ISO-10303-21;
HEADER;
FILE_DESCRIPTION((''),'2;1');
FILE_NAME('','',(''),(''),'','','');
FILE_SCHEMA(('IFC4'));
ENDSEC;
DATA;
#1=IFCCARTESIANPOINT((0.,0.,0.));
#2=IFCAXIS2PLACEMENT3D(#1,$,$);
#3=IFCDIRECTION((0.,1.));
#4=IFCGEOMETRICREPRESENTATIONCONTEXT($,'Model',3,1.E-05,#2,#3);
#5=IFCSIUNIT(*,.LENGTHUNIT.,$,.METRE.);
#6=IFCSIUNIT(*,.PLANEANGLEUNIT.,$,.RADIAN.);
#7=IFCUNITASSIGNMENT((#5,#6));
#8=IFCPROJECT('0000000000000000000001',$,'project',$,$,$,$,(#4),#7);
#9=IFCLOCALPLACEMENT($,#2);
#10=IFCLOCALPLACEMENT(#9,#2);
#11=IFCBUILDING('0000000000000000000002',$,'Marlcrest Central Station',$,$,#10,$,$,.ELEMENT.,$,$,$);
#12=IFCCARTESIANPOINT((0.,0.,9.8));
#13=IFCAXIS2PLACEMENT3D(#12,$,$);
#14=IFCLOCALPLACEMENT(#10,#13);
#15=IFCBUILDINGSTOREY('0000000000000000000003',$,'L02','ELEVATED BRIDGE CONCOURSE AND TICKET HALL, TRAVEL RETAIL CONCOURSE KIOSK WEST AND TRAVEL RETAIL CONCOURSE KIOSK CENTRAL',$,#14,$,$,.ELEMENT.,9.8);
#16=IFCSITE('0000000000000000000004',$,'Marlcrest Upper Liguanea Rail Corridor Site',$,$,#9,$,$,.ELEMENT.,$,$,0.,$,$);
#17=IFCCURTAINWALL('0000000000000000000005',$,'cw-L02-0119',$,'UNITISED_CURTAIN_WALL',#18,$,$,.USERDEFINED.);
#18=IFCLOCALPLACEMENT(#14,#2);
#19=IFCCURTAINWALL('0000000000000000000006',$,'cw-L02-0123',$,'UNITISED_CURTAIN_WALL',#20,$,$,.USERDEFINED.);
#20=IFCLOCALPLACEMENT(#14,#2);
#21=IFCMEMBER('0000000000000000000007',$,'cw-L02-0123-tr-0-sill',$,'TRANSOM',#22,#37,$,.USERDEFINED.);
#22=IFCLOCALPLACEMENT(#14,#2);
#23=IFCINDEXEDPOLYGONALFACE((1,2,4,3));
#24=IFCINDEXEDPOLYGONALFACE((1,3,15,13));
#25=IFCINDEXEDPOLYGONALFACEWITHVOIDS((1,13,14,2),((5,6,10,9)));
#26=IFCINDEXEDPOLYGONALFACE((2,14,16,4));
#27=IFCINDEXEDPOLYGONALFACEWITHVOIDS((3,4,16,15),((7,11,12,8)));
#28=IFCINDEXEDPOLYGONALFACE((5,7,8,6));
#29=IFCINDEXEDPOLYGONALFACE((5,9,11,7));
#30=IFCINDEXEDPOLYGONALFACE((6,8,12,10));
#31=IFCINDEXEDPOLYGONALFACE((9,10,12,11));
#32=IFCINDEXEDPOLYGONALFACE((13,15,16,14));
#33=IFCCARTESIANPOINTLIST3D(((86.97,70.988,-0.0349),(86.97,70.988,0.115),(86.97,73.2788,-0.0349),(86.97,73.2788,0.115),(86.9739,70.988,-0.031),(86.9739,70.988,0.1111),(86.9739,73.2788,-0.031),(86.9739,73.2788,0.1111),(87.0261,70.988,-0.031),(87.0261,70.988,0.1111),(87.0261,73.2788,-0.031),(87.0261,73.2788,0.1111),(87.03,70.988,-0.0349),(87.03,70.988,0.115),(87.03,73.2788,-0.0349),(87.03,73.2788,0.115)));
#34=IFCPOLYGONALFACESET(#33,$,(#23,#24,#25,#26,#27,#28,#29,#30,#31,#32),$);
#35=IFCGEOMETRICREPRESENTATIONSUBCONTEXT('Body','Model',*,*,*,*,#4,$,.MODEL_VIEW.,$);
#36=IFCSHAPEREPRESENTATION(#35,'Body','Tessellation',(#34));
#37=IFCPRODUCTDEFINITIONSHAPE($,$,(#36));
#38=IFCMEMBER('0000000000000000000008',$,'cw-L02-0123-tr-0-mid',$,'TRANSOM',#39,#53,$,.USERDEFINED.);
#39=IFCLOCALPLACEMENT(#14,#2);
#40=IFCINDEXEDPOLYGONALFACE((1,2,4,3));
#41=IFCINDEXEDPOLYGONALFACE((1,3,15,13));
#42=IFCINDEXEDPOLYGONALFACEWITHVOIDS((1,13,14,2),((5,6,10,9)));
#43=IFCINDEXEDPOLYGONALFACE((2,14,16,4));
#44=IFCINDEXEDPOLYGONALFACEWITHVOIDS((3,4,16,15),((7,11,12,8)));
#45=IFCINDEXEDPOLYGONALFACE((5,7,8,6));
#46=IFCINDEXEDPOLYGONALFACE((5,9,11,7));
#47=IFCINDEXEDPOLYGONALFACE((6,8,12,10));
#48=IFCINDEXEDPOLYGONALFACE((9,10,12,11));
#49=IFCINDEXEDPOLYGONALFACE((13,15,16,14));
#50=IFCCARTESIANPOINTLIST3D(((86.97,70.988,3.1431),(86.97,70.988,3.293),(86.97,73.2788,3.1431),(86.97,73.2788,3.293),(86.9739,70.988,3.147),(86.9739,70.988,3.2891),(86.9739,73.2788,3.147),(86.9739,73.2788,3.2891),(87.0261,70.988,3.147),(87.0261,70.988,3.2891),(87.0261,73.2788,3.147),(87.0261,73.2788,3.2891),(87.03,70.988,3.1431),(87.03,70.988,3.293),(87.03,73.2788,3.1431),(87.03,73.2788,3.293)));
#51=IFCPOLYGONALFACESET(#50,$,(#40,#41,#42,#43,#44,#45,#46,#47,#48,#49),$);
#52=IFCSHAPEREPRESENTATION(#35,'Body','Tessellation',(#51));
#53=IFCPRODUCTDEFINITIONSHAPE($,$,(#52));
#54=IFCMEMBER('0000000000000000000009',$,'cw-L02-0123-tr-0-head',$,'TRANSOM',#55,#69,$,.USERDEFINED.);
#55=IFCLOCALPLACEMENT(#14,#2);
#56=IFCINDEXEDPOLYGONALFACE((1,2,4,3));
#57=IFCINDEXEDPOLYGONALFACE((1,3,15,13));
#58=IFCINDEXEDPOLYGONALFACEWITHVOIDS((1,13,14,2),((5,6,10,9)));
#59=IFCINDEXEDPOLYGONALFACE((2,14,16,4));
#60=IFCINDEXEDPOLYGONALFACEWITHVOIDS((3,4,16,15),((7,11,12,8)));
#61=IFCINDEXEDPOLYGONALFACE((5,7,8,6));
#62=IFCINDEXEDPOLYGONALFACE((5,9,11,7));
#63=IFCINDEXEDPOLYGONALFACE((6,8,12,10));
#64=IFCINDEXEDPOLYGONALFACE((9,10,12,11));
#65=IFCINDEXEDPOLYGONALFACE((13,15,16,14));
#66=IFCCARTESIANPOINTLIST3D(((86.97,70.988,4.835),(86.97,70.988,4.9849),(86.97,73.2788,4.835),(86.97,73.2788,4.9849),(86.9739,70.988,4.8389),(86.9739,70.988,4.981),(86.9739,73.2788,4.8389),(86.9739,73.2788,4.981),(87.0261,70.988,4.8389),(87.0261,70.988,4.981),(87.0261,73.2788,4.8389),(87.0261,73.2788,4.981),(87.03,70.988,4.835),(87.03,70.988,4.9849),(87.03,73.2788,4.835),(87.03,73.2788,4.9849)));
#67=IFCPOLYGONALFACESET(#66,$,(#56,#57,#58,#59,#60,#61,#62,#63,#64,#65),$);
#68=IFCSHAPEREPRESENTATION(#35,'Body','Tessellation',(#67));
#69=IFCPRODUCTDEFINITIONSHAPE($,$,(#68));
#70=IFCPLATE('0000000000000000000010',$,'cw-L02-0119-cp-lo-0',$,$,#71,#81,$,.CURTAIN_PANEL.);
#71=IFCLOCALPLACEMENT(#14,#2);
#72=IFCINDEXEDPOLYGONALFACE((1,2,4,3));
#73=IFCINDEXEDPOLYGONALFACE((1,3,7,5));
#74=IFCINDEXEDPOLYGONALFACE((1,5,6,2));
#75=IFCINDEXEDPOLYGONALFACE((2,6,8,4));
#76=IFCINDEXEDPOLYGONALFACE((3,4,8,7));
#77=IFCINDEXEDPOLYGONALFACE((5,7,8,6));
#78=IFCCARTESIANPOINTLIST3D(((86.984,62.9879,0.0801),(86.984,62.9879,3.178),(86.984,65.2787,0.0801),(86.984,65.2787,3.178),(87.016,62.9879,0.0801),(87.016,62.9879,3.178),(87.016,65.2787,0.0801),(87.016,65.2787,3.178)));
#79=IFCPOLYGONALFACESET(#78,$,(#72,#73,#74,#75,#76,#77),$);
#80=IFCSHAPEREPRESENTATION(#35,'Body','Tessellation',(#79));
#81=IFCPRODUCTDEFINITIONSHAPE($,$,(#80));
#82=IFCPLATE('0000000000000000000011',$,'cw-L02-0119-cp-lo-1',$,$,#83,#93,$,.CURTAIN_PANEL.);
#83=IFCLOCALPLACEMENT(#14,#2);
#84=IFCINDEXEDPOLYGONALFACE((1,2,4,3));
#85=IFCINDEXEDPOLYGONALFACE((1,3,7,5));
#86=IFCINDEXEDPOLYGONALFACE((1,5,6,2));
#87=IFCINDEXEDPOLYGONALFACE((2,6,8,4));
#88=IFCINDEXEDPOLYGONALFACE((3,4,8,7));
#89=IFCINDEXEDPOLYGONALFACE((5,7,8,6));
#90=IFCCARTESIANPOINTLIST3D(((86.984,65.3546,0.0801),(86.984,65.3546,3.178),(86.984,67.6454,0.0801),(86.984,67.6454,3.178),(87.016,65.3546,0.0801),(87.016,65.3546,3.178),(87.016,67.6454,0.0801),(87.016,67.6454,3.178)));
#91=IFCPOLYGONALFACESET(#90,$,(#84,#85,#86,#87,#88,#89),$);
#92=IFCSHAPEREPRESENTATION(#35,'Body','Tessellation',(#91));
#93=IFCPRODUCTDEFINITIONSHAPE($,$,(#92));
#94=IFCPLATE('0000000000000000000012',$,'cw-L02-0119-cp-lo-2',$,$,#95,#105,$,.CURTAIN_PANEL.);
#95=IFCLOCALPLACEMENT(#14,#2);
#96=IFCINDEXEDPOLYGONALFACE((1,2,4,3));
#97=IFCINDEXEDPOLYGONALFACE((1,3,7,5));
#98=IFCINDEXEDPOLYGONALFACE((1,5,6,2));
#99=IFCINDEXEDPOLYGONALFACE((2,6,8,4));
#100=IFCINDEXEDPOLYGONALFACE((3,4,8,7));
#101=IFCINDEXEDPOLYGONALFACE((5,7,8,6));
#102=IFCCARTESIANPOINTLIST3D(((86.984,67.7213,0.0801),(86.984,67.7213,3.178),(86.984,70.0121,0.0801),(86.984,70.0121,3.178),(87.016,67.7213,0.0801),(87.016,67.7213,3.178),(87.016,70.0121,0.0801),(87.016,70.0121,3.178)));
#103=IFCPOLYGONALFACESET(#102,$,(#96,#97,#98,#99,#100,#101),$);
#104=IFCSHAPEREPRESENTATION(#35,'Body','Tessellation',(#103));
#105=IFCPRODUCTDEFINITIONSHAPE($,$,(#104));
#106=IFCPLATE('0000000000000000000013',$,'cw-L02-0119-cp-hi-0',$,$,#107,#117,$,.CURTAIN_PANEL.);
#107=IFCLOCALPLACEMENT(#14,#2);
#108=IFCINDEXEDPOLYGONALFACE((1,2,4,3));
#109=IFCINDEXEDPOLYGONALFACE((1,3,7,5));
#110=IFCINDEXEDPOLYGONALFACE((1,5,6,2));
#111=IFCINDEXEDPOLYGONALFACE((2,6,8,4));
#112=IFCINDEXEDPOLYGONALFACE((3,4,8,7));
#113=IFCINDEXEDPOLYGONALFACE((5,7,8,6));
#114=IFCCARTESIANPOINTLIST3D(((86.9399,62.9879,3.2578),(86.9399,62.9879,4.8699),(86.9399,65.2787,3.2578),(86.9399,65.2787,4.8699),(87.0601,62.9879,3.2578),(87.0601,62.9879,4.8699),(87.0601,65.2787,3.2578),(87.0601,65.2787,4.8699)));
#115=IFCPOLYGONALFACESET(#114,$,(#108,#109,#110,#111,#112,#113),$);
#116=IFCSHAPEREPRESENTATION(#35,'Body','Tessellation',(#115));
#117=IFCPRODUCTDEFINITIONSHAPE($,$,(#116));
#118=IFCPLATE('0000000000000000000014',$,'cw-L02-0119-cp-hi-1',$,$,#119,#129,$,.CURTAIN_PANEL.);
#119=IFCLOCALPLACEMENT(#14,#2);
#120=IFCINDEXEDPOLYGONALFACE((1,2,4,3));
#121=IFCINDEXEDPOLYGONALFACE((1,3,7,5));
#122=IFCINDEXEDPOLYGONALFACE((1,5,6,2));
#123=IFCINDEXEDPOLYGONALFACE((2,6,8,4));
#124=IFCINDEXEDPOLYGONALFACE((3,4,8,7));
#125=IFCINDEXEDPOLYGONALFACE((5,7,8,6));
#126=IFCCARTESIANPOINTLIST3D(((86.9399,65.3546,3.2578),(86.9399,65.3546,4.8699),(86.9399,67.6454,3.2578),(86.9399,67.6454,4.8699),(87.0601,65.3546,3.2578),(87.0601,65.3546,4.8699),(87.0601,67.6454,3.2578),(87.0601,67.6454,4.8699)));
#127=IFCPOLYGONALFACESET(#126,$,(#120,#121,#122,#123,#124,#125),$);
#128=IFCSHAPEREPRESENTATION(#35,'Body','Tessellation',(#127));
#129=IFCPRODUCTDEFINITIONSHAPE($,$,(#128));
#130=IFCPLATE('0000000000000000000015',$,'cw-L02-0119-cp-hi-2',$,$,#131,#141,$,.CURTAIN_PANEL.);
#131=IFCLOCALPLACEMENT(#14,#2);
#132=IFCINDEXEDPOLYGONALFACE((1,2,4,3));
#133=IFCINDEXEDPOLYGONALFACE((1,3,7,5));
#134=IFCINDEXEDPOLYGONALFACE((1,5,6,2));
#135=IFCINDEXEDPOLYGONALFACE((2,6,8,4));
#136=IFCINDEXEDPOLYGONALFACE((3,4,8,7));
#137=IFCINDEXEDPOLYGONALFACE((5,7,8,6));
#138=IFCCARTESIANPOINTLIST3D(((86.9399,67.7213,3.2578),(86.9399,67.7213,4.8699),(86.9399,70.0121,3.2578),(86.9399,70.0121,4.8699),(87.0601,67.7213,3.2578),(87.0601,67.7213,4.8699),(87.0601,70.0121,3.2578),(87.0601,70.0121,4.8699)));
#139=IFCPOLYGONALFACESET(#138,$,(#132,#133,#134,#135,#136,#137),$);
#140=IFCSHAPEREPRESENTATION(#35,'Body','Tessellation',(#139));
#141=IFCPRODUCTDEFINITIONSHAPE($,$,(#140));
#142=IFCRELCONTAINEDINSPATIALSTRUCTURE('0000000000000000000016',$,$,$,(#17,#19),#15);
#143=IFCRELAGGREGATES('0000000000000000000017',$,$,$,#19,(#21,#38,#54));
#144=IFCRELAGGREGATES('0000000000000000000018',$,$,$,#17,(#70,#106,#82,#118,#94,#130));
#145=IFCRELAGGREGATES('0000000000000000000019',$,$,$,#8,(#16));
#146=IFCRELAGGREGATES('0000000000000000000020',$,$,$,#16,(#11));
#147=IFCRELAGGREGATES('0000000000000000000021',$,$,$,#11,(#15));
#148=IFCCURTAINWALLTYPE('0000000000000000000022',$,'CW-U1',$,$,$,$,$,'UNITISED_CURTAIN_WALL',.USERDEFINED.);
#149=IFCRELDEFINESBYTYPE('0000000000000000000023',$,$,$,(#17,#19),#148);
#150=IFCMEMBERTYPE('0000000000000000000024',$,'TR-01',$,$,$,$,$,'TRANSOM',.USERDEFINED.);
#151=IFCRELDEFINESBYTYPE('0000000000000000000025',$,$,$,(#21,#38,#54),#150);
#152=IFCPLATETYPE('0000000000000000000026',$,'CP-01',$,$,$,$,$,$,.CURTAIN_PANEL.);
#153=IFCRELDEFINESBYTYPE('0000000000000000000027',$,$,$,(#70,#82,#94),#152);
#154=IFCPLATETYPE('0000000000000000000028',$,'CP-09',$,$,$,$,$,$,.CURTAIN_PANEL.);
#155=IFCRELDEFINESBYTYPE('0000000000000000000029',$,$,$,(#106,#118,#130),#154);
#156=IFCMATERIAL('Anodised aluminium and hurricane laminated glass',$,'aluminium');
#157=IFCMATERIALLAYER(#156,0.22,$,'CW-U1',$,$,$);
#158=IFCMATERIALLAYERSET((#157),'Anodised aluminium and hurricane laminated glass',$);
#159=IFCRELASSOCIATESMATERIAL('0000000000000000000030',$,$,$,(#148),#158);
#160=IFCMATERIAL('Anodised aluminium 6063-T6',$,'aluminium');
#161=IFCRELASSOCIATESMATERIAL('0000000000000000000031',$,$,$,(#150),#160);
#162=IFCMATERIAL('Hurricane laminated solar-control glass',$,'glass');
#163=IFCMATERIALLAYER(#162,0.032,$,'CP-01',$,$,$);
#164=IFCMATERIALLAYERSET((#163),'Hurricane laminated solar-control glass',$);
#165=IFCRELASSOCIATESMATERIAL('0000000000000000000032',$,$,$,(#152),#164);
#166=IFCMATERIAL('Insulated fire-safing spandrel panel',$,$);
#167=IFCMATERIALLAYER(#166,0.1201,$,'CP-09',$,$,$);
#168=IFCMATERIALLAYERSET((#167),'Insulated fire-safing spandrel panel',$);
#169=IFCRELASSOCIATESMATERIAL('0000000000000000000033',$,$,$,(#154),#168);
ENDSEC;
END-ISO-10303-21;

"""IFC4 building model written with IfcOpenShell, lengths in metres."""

from ifc_helpers import new_model, si_unit, direction, frame, origin, origin_2d, place, context, subcontext, project, spatial, rectangle, hollow_rectangle, extrude, material, layer, layer_set, material_profile, profile_set, type_object, element, aggregate, save


model = new_model("IFC4")

# Units and contexts
model_context = context("Model", 3, precision=1e-05, world=origin(), true_north=direction((0.0, 1.0)))
body_context = subcontext(model_context, "Body", "Model", "MODEL_VIEW")
ifc_project = project(units=[si_unit("LENGTHUNIT", "METRE"), si_unit("PLANEANGLEUNIT", "RADIAN")], contexts=[model_context])

# Site, building, storey
site_placement = place(None, origin())
site = spatial("IfcSite", under=ifc_project, at=site_placement, Name="Marlcrest Upper Liguanea Rail Corridor Site", CompositionType="ELEMENT", RefElevation=0.0)
building_placement = place(site_placement, origin())
building = spatial("IfcBuilding", under=site, at=building_placement, Name="Marlcrest Central Station", CompositionType="ELEMENT")
storey_placement = place(building_placement, frame((0.0, 0.0, 9.8)))
storey = spatial("IfcBuildingStorey", under=building, at=storey_placement, Name="L02", Description="ELEVATED BRIDGE CONCOURSE AND TICKET HALL, TRAVEL RETAIL CONCOURSE KIOSK WEST AND TRAVEL RETAIL CONCOURSE KIOSK CENTRAL", CompositionType="ELEMENT", Elevation=9.8)

# Curtain wall
ifc_material_1 = material(Name="Anodised aluminium and hurricane laminated glass", Category="aluminium")
ifc_layer_1 = layer(ifc_material_1, 0.22, Name="CW-U1")
ifc_layer_set_1 = layer_set([ifc_layer_1], Name="Anodised aluminium and hurricane laminated glass")
curtain_wall_type = type_object("IfcCurtainWallType", Name="CW-U1", ElementType="UNITISED_CURTAIN_WALL", PredefinedType="USERDEFINED", material=ifc_layer_set_1)
curtain_wall_1_placement = place(storey_placement, origin())
curtain_wall_1 = element("IfcCurtainWall", 1, at=curtain_wall_1_placement, inside=storey, type_object=curtain_wall_type, Name="cw-L02-0119", ObjectType="UNITISED_CURTAIN_WALL", PredefinedType="USERDEFINED")
ifc_material_2 = material(Name="Anodised aluminium 6063-T6", Category="aluminium")

# Curtain wall
curtain_wall_2_placement = place(storey_placement, origin())
curtain_wall_2 = element("IfcCurtainWall", 2, at=curtain_wall_2_placement, inside=storey, type_object=curtain_wall_type, Name="cw-L02-0123", ObjectType="UNITISED_CURTAIN_WALL", PredefinedType="USERDEFINED")

# Members
ifc_material_profile_1 = material_profile(ifc_material_2, hollow_rectangle(XDim=0.0601, YDim=0.1499, WallThickness=0.0039, at=origin_2d()), Name="AA-RHS 150x60x4")
ifc_profile_set_1 = profile_set([ifc_material_profile_1], Name="Anodised aluminium 6063-T6")
member_type_1 = type_object("IfcMemberType", Name="TR-01", ElementType="TRANSOM", PredefinedType="USERDEFINED", material=ifc_profile_set_1)
member_1_placement = place(storey_placement, frame((87.0, 70.988, 0.04), z_axis=(0.0, 1.0, 0.0), x_axis=(-1.0, 0.0, 0.0)))
member_1 = element("IfcMember", 3, at=member_1_placement, type_object=member_type_1, Name="cw-L02-0123-tr-0-sill", ObjectType="TRANSOM", PredefinedType="USERDEFINED", context=body_context, shape_type="SweptSolid", body=[
    extrude(hollow_rectangle(XDim=0.0601, YDim=0.1499, WallThickness=0.0039, at=origin_2d()), origin(), (0.0, 0.0, 1.0), 2.2908),
])
member_2_placement = place(storey_placement, frame((87.0, 70.988, 3.218), z_axis=(0.0, 1.0, 0.0), x_axis=(-1.0, 0.0, 0.0)))
member_2 = element("IfcMember", 4, at=member_2_placement, type_object=member_type_1, Name="cw-L02-0123-tr-0-mid", ObjectType="TRANSOM", PredefinedType="USERDEFINED", context=body_context, shape_type="SweptSolid", body=[
    extrude(hollow_rectangle(XDim=0.0601, YDim=0.1499, WallThickness=0.0039, at=origin_2d()), origin(), (0.0, 0.0, 1.0), 2.2908),
])
member_3_placement = place(storey_placement, frame((87.0, 70.988, 4.9099), z_axis=(0.0, 1.0, 0.0), x_axis=(-1.0, 0.0, 0.0)))
member_3 = element("IfcMember", 5, at=member_3_placement, type_object=member_type_1, Name="cw-L02-0123-tr-0-head", ObjectType="TRANSOM", PredefinedType="USERDEFINED", context=body_context, shape_type="SweptSolid", body=[
    extrude(hollow_rectangle(XDim=0.0601, YDim=0.1499, WallThickness=0.0039, at=origin_2d()), origin(), (0.0, 0.0, 1.0), 2.2908),
])
aggregate(curtain_wall_2, [member_1, member_2, member_3])

# Plates
ifc_material_3 = material(Name="Hurricane laminated solar-control glass", Category="glass")
ifc_layer_2 = layer(ifc_material_3, 0.032, Name="CP-01")
ifc_layer_set_2 = layer_set([ifc_layer_2], Name="Hurricane laminated solar-control glass")
plate_type_1 = type_object("IfcPlateType", Name="CP-01", PredefinedType="CURTAIN_PANEL", material=ifc_layer_set_2)
plate_1_placement = place(storey_placement, frame((87.0, 64.1333, 0.0801), z_axis=(0.0, 0.0, 1.0), x_axis=(0.0, 1.0, 0.0)))
plate_1 = element("IfcPlate", 6, at=plate_1_placement, type_object=plate_type_1, Name="cw-L02-0119-cp-lo-0", PredefinedType="CURTAIN_PANEL", context=body_context, shape_type="SweptSolid", body=[
    extrude(rectangle(XDim=2.2908, YDim=0.032, at=origin_2d()), origin(), (0.0, 0.0, 1.0), 3.0979),
])
plate_2_placement = place(storey_placement, frame((87.0, 66.5, 0.0801), z_axis=(0.0, 0.0, 1.0), x_axis=(0.0, 1.0, 0.0)))
plate_2 = element("IfcPlate", 7, at=plate_2_placement, type_object=plate_type_1, Name="cw-L02-0119-cp-lo-1", PredefinedType="CURTAIN_PANEL", context=body_context, shape_type="SweptSolid", body=[
    extrude(rectangle(XDim=2.2908, YDim=0.032, at=origin_2d()), origin(), (0.0, 0.0, 1.0), 3.0979),
])
plate_3_placement = place(storey_placement, frame((87.0, 68.8667, 0.0801), z_axis=(0.0, 0.0, 1.0), x_axis=(0.0, 1.0, 0.0)))
plate_3 = element("IfcPlate", 8, at=plate_3_placement, type_object=plate_type_1, Name="cw-L02-0119-cp-lo-2", PredefinedType="CURTAIN_PANEL", context=body_context, shape_type="SweptSolid", body=[
    extrude(rectangle(XDim=2.2908, YDim=0.032, at=origin_2d()), origin(), (0.0, 0.0, 1.0), 3.0979),
])
ifc_material_4 = material(Name="Insulated fire-safing spandrel panel")
ifc_layer_3 = layer(ifc_material_4, 0.1201, Name="CP-09")
ifc_layer_set_3 = layer_set([ifc_layer_3], Name="Insulated fire-safing spandrel panel")
plate_type_2 = type_object("IfcPlateType", Name="CP-09", PredefinedType="CURTAIN_PANEL", material=ifc_layer_set_3)
plate_4_placement = place(storey_placement, frame((87.0, 64.1333, 3.2578), z_axis=(0.0, 0.0, 1.0), x_axis=(0.0, 1.0, 0.0)))
plate_4 = element("IfcPlate", 9, at=plate_4_placement, type_object=plate_type_2, Name="cw-L02-0119-cp-hi-0", PredefinedType="CURTAIN_PANEL", context=body_context, shape_type="SweptSolid", body=[
    extrude(rectangle(XDim=2.2908, YDim=0.1201, at=origin_2d()), origin(), (0.0, 0.0, 1.0), 1.6121),
])
plate_5_placement = place(storey_placement, frame((87.0, 66.5, 3.2578), z_axis=(0.0, 0.0, 1.0), x_axis=(0.0, 1.0, 0.0)))
plate_5 = element("IfcPlate", 10, at=plate_5_placement, type_object=plate_type_2, Name="cw-L02-0119-cp-hi-1", PredefinedType="CURTAIN_PANEL", context=body_context, shape_type="SweptSolid", body=[
    extrude(rectangle(XDim=2.2908, YDim=0.1201, at=origin_2d()), origin(), (0.0, 0.0, 1.0), 1.6121),
])
plate_6_placement = place(storey_placement, frame((87.0, 68.8667, 3.2578), z_axis=(0.0, 0.0, 1.0), x_axis=(0.0, 1.0, 0.0)))
plate_6 = element("IfcPlate", 11, at=plate_6_placement, type_object=plate_type_2, Name="cw-L02-0119-cp-hi-2", PredefinedType="CURTAIN_PANEL", context=body_context, shape_type="SweptSolid", body=[
    extrude(rectangle(XDim=2.2908, YDim=0.1201, at=origin_2d()), origin(), (0.0, 0.0, 1.0), 1.6121),
])
aggregate(curtain_wall_1, [plate_1, plate_4, plate_2, plate_5, plate_3, plate_6])

save(model, "model.ifc")
